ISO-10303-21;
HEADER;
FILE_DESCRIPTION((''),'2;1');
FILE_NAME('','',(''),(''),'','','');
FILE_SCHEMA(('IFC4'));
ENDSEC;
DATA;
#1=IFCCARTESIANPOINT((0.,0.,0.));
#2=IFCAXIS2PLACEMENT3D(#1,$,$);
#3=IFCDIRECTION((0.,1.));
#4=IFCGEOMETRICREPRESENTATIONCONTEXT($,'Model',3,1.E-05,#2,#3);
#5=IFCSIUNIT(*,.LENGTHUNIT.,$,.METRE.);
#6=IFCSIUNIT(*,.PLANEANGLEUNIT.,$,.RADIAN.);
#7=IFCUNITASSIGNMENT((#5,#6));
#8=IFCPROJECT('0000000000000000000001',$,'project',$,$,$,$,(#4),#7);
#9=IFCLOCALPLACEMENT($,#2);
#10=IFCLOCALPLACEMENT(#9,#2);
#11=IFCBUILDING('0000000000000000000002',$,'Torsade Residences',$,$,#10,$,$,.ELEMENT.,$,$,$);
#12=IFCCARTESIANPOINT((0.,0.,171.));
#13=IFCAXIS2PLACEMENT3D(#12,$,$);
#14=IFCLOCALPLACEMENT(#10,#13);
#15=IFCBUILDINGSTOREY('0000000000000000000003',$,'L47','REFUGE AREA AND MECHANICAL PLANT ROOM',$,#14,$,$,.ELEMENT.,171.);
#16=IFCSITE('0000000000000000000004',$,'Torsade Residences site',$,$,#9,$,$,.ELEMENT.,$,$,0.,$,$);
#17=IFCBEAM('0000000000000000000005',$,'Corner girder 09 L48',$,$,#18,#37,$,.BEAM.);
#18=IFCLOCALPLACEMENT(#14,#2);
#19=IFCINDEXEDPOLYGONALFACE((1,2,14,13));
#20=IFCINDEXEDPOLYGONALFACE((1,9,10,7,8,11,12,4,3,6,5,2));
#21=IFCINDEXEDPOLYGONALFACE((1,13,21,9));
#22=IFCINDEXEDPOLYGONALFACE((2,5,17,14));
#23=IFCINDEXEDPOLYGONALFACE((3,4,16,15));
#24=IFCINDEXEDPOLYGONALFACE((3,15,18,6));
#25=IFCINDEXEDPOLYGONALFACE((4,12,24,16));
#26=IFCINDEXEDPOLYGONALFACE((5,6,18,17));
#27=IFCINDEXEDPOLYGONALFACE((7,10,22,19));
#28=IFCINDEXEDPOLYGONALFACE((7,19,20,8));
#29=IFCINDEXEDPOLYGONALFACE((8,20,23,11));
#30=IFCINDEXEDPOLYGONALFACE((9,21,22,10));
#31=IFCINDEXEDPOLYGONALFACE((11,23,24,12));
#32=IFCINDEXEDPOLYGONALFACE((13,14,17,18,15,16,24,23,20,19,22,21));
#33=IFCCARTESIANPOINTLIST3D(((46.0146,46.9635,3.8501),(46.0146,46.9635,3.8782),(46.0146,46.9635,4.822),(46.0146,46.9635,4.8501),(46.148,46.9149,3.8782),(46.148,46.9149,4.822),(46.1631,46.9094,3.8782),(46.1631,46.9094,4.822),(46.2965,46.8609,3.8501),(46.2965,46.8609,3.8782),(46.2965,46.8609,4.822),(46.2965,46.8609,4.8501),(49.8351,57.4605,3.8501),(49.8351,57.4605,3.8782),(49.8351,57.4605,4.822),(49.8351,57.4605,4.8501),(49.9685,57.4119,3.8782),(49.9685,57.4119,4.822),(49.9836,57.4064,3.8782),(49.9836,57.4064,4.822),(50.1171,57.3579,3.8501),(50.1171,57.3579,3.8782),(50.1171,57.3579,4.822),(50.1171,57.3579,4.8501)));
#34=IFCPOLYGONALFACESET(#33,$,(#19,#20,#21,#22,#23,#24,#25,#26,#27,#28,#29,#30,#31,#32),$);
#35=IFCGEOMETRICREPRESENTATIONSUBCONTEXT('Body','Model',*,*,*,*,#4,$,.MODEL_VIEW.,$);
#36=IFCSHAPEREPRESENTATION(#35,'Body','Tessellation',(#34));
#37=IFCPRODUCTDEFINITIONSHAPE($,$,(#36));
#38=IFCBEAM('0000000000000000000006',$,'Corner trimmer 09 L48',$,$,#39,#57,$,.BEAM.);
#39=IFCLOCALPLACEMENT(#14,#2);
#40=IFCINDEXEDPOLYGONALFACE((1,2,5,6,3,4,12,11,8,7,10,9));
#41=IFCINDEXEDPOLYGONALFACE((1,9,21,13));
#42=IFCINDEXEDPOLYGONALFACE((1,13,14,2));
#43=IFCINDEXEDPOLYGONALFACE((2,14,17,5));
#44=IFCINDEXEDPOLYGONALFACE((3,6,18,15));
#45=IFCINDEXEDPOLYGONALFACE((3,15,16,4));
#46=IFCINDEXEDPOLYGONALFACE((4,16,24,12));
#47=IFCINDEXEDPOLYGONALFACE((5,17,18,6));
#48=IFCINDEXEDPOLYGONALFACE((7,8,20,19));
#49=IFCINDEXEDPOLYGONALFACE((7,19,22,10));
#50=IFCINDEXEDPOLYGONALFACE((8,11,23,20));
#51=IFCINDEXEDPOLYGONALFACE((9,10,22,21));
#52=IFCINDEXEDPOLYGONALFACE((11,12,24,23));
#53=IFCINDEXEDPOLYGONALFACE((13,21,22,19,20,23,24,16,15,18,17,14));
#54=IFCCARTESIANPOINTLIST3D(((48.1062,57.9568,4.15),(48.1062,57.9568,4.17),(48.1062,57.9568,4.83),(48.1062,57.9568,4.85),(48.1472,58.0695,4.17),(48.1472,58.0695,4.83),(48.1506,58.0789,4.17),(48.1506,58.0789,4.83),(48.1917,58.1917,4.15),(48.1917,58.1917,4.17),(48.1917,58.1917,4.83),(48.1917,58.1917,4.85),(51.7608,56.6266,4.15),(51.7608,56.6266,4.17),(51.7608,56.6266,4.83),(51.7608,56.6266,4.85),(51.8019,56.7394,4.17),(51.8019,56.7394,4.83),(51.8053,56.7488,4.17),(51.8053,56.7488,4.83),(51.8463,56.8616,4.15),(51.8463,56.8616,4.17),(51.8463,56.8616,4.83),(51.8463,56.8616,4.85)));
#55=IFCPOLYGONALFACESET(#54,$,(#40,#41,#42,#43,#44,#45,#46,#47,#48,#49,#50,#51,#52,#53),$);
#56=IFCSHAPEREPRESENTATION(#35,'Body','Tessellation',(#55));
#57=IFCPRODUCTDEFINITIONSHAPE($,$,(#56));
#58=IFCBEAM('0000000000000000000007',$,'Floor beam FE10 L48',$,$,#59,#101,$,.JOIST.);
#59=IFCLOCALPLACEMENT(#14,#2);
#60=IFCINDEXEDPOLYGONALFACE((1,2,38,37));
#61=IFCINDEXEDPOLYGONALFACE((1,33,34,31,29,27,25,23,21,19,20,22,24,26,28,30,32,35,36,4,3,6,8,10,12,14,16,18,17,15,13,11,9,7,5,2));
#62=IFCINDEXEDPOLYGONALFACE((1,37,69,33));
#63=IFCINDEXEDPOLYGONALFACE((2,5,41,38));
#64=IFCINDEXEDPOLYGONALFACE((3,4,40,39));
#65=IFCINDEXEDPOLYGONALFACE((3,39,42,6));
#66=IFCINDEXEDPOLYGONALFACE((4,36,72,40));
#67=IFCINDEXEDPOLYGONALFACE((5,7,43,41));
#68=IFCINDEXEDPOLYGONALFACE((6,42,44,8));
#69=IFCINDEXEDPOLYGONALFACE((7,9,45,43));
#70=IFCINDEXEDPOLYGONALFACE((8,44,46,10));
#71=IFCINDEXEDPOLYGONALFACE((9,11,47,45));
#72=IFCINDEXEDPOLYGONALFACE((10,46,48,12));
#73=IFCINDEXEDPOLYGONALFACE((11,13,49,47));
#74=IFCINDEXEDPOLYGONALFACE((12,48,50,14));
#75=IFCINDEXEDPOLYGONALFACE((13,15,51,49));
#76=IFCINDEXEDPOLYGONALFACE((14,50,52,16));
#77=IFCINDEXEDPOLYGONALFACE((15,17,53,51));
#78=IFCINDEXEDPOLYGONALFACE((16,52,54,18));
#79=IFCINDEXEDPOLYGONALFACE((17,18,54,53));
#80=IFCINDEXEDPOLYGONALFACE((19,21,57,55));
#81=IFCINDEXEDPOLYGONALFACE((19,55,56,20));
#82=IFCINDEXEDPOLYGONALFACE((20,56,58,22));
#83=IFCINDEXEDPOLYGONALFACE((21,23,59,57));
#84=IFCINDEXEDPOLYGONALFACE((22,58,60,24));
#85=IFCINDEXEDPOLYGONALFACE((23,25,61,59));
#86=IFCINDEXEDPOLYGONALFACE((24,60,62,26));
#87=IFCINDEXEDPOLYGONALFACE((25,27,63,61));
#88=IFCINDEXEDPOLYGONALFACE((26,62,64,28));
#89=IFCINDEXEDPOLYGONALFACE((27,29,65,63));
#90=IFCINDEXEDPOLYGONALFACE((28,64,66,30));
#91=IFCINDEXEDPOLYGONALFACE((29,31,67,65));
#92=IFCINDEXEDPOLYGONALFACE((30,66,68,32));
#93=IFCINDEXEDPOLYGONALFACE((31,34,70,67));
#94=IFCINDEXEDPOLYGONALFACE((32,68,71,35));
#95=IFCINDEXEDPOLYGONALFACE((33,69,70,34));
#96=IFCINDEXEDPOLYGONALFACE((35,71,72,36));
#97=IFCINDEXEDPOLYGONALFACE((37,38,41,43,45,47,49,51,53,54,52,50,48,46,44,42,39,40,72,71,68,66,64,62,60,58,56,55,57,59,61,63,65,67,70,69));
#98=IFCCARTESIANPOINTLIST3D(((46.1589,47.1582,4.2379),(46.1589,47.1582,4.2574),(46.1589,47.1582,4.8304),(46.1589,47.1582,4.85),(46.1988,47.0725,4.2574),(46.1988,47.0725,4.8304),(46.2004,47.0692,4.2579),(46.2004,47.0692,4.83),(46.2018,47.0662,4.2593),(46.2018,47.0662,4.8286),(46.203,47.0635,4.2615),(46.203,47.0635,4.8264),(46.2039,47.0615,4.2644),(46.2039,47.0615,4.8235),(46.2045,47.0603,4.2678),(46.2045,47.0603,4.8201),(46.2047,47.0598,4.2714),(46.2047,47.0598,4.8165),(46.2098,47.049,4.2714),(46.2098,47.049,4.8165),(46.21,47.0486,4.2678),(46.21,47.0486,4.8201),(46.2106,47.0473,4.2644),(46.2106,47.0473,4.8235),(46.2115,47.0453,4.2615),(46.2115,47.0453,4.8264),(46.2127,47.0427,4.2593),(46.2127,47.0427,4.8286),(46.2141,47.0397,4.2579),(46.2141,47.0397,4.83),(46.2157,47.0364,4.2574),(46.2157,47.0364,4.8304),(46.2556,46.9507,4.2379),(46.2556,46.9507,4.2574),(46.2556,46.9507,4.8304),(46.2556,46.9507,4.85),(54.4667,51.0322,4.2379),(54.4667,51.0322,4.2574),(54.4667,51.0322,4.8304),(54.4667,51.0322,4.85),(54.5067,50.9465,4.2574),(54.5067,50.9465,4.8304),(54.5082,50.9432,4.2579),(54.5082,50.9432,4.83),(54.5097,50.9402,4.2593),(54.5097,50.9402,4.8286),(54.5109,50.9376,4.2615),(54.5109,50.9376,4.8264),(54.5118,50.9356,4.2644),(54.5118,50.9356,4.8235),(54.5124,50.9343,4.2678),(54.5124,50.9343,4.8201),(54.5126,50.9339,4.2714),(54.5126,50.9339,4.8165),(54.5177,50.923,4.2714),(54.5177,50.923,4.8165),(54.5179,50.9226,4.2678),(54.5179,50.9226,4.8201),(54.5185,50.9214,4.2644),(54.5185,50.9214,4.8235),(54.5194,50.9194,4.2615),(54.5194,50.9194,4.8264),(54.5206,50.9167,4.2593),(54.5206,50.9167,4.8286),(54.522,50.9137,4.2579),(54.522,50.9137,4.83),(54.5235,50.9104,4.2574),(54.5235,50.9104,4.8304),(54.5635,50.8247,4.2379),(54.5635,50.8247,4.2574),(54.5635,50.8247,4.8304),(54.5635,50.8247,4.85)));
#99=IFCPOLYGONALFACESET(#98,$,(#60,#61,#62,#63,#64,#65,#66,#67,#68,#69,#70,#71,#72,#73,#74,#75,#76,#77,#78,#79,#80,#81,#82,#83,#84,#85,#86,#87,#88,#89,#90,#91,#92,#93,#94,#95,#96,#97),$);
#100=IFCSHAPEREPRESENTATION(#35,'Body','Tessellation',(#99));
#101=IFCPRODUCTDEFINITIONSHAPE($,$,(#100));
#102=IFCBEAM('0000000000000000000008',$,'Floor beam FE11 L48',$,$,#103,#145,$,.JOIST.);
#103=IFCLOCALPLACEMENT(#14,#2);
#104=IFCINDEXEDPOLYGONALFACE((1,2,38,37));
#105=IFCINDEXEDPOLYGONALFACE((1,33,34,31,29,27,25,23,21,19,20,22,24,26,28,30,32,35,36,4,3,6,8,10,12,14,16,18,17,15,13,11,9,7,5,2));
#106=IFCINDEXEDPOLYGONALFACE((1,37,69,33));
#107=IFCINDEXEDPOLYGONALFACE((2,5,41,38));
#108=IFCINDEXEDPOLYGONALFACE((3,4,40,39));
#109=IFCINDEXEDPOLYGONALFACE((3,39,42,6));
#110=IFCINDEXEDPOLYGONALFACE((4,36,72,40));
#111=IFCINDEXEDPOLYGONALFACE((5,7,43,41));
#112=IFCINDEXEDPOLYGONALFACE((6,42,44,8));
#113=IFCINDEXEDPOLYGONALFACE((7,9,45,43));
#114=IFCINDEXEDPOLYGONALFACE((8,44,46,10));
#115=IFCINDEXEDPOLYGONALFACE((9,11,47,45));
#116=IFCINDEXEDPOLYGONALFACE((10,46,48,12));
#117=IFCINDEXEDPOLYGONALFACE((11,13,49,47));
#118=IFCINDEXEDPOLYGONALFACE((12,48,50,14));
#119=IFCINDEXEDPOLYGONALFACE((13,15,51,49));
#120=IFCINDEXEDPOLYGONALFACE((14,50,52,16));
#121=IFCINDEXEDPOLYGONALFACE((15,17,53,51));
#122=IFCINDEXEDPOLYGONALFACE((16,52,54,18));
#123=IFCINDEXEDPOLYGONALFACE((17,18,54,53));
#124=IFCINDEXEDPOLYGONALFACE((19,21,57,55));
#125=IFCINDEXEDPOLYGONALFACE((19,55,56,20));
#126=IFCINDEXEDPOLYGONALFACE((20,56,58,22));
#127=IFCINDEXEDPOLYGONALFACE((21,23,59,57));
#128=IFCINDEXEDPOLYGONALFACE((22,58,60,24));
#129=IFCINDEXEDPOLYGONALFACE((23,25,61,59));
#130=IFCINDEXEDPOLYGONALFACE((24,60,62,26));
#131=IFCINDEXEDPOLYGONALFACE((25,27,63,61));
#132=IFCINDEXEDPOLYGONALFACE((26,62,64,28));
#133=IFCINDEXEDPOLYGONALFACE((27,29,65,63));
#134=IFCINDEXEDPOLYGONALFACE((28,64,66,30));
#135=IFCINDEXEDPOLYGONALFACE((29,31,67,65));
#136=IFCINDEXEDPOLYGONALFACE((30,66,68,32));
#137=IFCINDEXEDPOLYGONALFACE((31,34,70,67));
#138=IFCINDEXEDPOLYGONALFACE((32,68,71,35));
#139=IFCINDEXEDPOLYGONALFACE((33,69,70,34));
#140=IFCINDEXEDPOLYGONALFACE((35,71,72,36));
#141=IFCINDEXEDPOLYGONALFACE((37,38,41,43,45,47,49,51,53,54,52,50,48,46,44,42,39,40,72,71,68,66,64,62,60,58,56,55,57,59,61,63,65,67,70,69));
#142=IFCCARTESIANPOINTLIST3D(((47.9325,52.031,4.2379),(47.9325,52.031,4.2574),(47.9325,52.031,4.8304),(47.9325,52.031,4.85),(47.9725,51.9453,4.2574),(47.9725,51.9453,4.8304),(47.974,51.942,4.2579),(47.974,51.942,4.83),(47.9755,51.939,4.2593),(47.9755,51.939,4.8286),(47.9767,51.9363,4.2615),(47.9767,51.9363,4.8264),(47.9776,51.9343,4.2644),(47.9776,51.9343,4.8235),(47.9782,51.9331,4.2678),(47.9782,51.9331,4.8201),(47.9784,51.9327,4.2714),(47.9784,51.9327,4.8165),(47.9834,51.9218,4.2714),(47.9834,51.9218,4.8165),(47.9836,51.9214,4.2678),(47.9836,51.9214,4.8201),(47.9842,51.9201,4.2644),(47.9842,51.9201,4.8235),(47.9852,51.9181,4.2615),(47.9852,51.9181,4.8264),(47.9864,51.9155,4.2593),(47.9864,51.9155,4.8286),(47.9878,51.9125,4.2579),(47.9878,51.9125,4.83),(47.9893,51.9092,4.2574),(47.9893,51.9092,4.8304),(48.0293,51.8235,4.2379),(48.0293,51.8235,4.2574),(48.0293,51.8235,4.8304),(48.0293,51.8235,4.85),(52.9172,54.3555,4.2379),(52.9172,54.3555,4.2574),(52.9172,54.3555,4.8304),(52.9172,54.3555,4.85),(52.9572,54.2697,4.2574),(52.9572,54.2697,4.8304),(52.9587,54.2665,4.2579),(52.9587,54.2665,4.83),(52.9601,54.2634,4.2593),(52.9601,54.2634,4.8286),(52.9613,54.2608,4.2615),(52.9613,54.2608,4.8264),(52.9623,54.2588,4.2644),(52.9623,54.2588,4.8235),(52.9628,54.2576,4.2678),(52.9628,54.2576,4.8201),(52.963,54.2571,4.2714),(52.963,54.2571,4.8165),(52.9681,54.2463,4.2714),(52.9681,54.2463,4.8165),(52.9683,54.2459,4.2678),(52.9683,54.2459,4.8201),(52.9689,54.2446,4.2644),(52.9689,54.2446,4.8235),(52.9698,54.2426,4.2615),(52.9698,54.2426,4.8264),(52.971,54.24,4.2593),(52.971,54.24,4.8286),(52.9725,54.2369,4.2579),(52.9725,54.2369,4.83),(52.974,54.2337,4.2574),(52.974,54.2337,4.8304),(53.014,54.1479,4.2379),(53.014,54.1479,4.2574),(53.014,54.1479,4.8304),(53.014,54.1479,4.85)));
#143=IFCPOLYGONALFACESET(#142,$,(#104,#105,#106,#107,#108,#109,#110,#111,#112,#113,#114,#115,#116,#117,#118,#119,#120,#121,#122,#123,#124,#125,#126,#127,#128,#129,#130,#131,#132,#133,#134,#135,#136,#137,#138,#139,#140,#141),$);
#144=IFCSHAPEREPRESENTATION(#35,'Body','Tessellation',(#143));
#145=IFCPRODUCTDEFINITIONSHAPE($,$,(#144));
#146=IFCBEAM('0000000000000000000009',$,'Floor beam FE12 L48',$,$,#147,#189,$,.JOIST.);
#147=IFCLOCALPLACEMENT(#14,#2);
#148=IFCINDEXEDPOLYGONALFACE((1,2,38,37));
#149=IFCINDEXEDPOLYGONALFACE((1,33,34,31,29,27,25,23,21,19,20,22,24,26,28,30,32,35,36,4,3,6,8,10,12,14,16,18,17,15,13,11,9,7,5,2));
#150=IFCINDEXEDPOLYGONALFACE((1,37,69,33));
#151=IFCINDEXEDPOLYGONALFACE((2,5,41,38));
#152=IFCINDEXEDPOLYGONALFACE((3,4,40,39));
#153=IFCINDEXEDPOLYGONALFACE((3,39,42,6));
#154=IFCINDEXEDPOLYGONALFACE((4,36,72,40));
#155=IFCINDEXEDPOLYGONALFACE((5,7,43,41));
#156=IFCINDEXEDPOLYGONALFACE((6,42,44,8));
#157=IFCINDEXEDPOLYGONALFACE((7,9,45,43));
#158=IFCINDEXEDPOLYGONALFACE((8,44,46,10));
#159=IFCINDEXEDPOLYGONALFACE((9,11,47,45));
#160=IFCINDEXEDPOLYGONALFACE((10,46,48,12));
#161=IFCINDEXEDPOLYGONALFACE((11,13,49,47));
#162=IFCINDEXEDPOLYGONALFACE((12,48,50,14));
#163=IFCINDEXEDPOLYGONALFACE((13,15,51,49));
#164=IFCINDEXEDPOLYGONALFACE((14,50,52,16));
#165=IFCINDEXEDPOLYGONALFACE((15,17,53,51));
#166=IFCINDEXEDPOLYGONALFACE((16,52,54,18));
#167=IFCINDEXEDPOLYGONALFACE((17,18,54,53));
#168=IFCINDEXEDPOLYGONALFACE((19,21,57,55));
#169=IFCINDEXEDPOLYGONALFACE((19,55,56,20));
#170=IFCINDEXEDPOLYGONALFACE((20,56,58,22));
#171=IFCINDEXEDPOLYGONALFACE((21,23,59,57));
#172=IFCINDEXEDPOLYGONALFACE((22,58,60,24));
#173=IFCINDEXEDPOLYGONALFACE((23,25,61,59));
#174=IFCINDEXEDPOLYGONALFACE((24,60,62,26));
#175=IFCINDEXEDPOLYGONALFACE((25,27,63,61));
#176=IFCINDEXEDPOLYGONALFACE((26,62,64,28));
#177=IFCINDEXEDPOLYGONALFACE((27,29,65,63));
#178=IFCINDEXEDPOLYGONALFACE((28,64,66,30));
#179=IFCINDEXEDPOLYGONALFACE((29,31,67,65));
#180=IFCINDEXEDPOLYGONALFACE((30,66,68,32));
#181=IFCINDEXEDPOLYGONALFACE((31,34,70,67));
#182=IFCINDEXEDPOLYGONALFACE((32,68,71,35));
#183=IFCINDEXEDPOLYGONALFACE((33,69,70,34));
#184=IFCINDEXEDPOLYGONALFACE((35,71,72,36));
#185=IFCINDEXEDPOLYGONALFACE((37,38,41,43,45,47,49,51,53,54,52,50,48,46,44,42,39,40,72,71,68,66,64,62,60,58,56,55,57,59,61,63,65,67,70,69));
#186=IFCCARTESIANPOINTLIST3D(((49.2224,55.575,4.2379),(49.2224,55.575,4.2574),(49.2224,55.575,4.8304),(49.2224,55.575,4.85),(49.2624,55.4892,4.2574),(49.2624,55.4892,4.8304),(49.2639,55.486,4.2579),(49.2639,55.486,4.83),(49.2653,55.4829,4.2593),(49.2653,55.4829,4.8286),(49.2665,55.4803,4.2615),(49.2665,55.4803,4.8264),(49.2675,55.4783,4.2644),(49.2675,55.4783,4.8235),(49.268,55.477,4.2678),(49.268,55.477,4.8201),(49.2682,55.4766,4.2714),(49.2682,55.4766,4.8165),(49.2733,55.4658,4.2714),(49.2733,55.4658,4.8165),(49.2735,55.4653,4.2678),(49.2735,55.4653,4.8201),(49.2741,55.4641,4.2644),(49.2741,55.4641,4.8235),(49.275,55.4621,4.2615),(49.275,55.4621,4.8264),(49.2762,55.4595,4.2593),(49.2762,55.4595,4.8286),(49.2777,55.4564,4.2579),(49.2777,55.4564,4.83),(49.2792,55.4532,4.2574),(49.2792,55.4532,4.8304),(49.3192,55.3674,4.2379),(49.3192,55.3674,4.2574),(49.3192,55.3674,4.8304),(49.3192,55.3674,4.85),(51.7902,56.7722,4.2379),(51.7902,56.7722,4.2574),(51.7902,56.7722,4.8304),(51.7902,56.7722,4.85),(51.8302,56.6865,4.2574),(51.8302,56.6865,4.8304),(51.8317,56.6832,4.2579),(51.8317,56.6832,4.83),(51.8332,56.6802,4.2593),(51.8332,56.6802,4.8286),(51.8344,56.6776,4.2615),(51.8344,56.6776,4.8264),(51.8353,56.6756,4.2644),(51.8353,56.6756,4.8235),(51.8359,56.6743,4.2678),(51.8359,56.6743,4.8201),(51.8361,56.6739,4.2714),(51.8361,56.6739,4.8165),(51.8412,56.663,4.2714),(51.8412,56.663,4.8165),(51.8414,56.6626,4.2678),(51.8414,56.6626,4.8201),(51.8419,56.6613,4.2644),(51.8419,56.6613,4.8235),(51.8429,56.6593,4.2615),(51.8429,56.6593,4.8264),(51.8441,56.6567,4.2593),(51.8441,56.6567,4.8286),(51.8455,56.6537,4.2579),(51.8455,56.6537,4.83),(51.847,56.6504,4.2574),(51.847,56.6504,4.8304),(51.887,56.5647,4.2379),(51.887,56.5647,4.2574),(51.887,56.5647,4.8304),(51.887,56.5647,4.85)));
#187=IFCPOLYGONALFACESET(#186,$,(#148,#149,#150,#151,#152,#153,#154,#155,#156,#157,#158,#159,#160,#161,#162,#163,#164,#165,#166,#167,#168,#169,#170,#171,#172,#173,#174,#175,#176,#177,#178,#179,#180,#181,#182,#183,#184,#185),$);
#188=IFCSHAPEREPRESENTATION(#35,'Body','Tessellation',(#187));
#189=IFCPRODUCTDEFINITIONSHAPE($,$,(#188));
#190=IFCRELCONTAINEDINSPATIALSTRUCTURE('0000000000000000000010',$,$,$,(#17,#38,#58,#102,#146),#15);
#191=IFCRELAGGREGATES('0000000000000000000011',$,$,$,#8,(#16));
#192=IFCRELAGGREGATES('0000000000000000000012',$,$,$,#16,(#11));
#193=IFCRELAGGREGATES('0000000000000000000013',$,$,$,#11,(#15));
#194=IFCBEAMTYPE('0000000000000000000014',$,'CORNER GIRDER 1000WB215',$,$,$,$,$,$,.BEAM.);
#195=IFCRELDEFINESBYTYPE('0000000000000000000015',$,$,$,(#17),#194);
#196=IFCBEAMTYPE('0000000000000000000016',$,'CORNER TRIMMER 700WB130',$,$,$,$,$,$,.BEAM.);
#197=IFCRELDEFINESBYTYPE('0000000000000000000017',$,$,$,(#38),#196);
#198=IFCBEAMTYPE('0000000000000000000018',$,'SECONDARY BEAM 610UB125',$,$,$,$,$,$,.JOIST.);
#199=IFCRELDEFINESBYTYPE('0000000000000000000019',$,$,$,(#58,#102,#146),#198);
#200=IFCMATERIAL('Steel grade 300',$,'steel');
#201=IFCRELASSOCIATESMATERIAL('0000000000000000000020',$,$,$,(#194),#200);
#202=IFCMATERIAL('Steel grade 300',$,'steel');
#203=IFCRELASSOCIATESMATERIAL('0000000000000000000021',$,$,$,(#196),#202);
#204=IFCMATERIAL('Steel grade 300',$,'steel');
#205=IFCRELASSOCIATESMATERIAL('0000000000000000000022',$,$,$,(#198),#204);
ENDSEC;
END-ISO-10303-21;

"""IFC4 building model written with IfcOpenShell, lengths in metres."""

from ifc_helpers import new_model, si_unit, direction, frame, origin, origin_2d, place, context, subcontext, project, spatial, i_section, extrude, material, material_profile, profile_set, type_object, element, save


model = new_model("IFC4")

# Units and contexts
model_context = context("Model", 3, precision=1e-05, world=origin(), true_north=direction((0.0, 1.0)))
body_context = subcontext(model_context, "Body", "Model", "MODEL_VIEW")
ifc_project = project(units=[si_unit("LENGTHUNIT", "METRE"), si_unit("PLANEANGLEUNIT", "RADIAN")], contexts=[model_context])

# Site, building, storey
site_placement = place(None, origin())
site = spatial("IfcSite", under=ifc_project, at=site_placement, Name="Torsade Residences site", CompositionType="ELEMENT", RefElevation=0.0)
building_placement = place(site_placement, origin())
building = spatial("IfcBuilding", under=site, at=building_placement, Name="Torsade Residences", CompositionType="ELEMENT")
storey_placement = place(building_placement, frame((0.0, 0.0, 171.0)))
storey = spatial("IfcBuildingStorey", under=building, at=storey_placement, Name="L47", Description="REFUGE AREA AND MECHANICAL PLANT ROOM", CompositionType="ELEMENT", Elevation=171.0)

# Beams
ifc_material_1 = material(Name="Steel grade 300", Category="steel")
ifc_material_profile_1 = material_profile(ifc_material_1, i_section(OverallWidth=0.3, OverallDepth=1.0, WebThickness=0.0161, FlangeThickness=0.0281, at=origin_2d()), Name="1000WB215")
ifc_profile_set_1 = profile_set([ifc_material_profile_1], Name="Steel grade 300")
beam_type_1 = type_object("IfcBeamType", Name="CORNER GIRDER 1000WB215", PredefinedType="BEAM", material=ifc_profile_set_1)
beam_1_placement = place(storey_placement, frame((49.9761, 57.4092, 4.3501), z_axis=(-0.342015, -0.939694, 0.0), x_axis=(0.939694, -0.342015, 0.0)))
element("IfcBeam", 1, at=beam_1_placement, inside=storey, type_object=beam_type_1, Name="Corner girder 09 L48", PredefinedType="BEAM", context=body_context, shape_type="SweptSolid", body=[
    extrude(i_section(OverallWidth=0.3, OverallDepth=1.0, WebThickness=0.0161, FlangeThickness=0.0281, at=origin_2d()), origin(), (0.0, 0.0, 1.0), 11.1707),
])
ifc_material_2 = material(Name="Steel grade 300", Category="steel")
ifc_material_profile_2 = material_profile(ifc_material_2, i_section(OverallWidth=0.25, OverallDepth=0.7, WebThickness=0.01, FlangeThickness=0.02, at=origin_2d()), Name="700WB130")
ifc_profile_set_2 = profile_set([ifc_material_profile_2], Name="Steel grade 300")
beam_type_2 = type_object("IfcBeamType", Name="CORNER TRIMMER 700WB130", PredefinedType="BEAM", material=ifc_profile_set_2)
beam_2_placement = place(storey_placement, frame((48.1489, 58.0742, 4.5), z_axis=(0.939698, -0.342005, 0.0), x_axis=(0.342005, 0.939698, 0.0)))
element("IfcBeam", 2, at=beam_2_placement, inside=storey, type_object=beam_type_2, Name="Corner trimmer 09 L48", PredefinedType="BEAM", context=body_context, shape_type="SweptSolid", body=[
    extrude(i_section(OverallWidth=0.25, OverallDepth=0.7, WebThickness=0.01, FlangeThickness=0.02, at=origin_2d()), origin(), (0.0, 0.0, 1.0), 3.8892),
])
ifc_material_3 = material(Name="Steel grade 300", Category="steel")
ifc_material_profile_3 = material_profile(ifc_material_3, i_section(OverallWidth=0.229, OverallDepth=0.6121, WebThickness=0.012, FlangeThickness=0.0195, FilletRadius=0.0139, at=origin_2d()), Name="610UB125")
ifc_profile_set_3 = profile_set([ifc_material_profile_3], Name="Steel grade 300")
beam_type_3 = type_object("IfcBeamType", Name="SECONDARY BEAM 610UB125", PredefinedType="JOIST", material=ifc_profile_set_3)
beam_3_placement = place(storey_placement, frame((54.5151, 50.9285, 4.5439), z_axis=(-0.906308, -0.422619, 0.0), x_axis=(0.422619, -0.906308, 0.0)))
element("IfcBeam", 3, at=beam_3_placement, inside=storey, type_object=beam_type_3, Name="Floor beam FE10 L48", PredefinedType="JOIST", context=body_context, shape_type="SweptSolid", body=[
    extrude(i_section(OverallWidth=0.229, OverallDepth=0.6121, WebThickness=0.012, FlangeThickness=0.0195, FilletRadius=0.0139, at=origin_2d()), origin(), (0.0, 0.0, 1.0), 9.1667),
])
beam_4_placement = place(storey_placement, frame((52.9656, 54.2517, 4.5439), z_axis=(-0.906301, -0.422633, 0.0), x_axis=(0.422633, -0.906301, 0.0)))
element("IfcBeam", 4, at=beam_4_placement, inside=storey, type_object=beam_type_3, Name="Floor beam FE11 L48", PredefinedType="JOIST", context=body_context, shape_type="SweptSolid", body=[
    extrude(i_section(OverallWidth=0.229, OverallDepth=0.6121, WebThickness=0.012, FlangeThickness=0.0195, FilletRadius=0.0139, at=origin_2d()), origin(), (0.0, 0.0, 1.0), 5.5),
])
for number, where, z_axis, x_axis, name in (
    (5, (51.8386, 56.6685, 4.5439), (-0.906328, -0.422574, 0.0), (0.422574, -0.906328, 0.0), "Floor beam FE12 L48"),
):
    element("IfcBeam", number, at=place(storey_placement, frame(where, z_axis=z_axis, x_axis=x_axis)), inside=storey, type_object=beam_type_3, Name=name, PredefinedType="JOIST", context=body_context, shape_type="SweptSolid", body=[
        extrude(i_section(OverallWidth=0.229, OverallDepth=0.6121, WebThickness=0.012, FlangeThickness=0.0195, FilletRadius=0.0139, at=origin_2d()), origin(), (0.0, 0.0, 1.0), 2.8333),
    ])

save(model, "model.ifc")
